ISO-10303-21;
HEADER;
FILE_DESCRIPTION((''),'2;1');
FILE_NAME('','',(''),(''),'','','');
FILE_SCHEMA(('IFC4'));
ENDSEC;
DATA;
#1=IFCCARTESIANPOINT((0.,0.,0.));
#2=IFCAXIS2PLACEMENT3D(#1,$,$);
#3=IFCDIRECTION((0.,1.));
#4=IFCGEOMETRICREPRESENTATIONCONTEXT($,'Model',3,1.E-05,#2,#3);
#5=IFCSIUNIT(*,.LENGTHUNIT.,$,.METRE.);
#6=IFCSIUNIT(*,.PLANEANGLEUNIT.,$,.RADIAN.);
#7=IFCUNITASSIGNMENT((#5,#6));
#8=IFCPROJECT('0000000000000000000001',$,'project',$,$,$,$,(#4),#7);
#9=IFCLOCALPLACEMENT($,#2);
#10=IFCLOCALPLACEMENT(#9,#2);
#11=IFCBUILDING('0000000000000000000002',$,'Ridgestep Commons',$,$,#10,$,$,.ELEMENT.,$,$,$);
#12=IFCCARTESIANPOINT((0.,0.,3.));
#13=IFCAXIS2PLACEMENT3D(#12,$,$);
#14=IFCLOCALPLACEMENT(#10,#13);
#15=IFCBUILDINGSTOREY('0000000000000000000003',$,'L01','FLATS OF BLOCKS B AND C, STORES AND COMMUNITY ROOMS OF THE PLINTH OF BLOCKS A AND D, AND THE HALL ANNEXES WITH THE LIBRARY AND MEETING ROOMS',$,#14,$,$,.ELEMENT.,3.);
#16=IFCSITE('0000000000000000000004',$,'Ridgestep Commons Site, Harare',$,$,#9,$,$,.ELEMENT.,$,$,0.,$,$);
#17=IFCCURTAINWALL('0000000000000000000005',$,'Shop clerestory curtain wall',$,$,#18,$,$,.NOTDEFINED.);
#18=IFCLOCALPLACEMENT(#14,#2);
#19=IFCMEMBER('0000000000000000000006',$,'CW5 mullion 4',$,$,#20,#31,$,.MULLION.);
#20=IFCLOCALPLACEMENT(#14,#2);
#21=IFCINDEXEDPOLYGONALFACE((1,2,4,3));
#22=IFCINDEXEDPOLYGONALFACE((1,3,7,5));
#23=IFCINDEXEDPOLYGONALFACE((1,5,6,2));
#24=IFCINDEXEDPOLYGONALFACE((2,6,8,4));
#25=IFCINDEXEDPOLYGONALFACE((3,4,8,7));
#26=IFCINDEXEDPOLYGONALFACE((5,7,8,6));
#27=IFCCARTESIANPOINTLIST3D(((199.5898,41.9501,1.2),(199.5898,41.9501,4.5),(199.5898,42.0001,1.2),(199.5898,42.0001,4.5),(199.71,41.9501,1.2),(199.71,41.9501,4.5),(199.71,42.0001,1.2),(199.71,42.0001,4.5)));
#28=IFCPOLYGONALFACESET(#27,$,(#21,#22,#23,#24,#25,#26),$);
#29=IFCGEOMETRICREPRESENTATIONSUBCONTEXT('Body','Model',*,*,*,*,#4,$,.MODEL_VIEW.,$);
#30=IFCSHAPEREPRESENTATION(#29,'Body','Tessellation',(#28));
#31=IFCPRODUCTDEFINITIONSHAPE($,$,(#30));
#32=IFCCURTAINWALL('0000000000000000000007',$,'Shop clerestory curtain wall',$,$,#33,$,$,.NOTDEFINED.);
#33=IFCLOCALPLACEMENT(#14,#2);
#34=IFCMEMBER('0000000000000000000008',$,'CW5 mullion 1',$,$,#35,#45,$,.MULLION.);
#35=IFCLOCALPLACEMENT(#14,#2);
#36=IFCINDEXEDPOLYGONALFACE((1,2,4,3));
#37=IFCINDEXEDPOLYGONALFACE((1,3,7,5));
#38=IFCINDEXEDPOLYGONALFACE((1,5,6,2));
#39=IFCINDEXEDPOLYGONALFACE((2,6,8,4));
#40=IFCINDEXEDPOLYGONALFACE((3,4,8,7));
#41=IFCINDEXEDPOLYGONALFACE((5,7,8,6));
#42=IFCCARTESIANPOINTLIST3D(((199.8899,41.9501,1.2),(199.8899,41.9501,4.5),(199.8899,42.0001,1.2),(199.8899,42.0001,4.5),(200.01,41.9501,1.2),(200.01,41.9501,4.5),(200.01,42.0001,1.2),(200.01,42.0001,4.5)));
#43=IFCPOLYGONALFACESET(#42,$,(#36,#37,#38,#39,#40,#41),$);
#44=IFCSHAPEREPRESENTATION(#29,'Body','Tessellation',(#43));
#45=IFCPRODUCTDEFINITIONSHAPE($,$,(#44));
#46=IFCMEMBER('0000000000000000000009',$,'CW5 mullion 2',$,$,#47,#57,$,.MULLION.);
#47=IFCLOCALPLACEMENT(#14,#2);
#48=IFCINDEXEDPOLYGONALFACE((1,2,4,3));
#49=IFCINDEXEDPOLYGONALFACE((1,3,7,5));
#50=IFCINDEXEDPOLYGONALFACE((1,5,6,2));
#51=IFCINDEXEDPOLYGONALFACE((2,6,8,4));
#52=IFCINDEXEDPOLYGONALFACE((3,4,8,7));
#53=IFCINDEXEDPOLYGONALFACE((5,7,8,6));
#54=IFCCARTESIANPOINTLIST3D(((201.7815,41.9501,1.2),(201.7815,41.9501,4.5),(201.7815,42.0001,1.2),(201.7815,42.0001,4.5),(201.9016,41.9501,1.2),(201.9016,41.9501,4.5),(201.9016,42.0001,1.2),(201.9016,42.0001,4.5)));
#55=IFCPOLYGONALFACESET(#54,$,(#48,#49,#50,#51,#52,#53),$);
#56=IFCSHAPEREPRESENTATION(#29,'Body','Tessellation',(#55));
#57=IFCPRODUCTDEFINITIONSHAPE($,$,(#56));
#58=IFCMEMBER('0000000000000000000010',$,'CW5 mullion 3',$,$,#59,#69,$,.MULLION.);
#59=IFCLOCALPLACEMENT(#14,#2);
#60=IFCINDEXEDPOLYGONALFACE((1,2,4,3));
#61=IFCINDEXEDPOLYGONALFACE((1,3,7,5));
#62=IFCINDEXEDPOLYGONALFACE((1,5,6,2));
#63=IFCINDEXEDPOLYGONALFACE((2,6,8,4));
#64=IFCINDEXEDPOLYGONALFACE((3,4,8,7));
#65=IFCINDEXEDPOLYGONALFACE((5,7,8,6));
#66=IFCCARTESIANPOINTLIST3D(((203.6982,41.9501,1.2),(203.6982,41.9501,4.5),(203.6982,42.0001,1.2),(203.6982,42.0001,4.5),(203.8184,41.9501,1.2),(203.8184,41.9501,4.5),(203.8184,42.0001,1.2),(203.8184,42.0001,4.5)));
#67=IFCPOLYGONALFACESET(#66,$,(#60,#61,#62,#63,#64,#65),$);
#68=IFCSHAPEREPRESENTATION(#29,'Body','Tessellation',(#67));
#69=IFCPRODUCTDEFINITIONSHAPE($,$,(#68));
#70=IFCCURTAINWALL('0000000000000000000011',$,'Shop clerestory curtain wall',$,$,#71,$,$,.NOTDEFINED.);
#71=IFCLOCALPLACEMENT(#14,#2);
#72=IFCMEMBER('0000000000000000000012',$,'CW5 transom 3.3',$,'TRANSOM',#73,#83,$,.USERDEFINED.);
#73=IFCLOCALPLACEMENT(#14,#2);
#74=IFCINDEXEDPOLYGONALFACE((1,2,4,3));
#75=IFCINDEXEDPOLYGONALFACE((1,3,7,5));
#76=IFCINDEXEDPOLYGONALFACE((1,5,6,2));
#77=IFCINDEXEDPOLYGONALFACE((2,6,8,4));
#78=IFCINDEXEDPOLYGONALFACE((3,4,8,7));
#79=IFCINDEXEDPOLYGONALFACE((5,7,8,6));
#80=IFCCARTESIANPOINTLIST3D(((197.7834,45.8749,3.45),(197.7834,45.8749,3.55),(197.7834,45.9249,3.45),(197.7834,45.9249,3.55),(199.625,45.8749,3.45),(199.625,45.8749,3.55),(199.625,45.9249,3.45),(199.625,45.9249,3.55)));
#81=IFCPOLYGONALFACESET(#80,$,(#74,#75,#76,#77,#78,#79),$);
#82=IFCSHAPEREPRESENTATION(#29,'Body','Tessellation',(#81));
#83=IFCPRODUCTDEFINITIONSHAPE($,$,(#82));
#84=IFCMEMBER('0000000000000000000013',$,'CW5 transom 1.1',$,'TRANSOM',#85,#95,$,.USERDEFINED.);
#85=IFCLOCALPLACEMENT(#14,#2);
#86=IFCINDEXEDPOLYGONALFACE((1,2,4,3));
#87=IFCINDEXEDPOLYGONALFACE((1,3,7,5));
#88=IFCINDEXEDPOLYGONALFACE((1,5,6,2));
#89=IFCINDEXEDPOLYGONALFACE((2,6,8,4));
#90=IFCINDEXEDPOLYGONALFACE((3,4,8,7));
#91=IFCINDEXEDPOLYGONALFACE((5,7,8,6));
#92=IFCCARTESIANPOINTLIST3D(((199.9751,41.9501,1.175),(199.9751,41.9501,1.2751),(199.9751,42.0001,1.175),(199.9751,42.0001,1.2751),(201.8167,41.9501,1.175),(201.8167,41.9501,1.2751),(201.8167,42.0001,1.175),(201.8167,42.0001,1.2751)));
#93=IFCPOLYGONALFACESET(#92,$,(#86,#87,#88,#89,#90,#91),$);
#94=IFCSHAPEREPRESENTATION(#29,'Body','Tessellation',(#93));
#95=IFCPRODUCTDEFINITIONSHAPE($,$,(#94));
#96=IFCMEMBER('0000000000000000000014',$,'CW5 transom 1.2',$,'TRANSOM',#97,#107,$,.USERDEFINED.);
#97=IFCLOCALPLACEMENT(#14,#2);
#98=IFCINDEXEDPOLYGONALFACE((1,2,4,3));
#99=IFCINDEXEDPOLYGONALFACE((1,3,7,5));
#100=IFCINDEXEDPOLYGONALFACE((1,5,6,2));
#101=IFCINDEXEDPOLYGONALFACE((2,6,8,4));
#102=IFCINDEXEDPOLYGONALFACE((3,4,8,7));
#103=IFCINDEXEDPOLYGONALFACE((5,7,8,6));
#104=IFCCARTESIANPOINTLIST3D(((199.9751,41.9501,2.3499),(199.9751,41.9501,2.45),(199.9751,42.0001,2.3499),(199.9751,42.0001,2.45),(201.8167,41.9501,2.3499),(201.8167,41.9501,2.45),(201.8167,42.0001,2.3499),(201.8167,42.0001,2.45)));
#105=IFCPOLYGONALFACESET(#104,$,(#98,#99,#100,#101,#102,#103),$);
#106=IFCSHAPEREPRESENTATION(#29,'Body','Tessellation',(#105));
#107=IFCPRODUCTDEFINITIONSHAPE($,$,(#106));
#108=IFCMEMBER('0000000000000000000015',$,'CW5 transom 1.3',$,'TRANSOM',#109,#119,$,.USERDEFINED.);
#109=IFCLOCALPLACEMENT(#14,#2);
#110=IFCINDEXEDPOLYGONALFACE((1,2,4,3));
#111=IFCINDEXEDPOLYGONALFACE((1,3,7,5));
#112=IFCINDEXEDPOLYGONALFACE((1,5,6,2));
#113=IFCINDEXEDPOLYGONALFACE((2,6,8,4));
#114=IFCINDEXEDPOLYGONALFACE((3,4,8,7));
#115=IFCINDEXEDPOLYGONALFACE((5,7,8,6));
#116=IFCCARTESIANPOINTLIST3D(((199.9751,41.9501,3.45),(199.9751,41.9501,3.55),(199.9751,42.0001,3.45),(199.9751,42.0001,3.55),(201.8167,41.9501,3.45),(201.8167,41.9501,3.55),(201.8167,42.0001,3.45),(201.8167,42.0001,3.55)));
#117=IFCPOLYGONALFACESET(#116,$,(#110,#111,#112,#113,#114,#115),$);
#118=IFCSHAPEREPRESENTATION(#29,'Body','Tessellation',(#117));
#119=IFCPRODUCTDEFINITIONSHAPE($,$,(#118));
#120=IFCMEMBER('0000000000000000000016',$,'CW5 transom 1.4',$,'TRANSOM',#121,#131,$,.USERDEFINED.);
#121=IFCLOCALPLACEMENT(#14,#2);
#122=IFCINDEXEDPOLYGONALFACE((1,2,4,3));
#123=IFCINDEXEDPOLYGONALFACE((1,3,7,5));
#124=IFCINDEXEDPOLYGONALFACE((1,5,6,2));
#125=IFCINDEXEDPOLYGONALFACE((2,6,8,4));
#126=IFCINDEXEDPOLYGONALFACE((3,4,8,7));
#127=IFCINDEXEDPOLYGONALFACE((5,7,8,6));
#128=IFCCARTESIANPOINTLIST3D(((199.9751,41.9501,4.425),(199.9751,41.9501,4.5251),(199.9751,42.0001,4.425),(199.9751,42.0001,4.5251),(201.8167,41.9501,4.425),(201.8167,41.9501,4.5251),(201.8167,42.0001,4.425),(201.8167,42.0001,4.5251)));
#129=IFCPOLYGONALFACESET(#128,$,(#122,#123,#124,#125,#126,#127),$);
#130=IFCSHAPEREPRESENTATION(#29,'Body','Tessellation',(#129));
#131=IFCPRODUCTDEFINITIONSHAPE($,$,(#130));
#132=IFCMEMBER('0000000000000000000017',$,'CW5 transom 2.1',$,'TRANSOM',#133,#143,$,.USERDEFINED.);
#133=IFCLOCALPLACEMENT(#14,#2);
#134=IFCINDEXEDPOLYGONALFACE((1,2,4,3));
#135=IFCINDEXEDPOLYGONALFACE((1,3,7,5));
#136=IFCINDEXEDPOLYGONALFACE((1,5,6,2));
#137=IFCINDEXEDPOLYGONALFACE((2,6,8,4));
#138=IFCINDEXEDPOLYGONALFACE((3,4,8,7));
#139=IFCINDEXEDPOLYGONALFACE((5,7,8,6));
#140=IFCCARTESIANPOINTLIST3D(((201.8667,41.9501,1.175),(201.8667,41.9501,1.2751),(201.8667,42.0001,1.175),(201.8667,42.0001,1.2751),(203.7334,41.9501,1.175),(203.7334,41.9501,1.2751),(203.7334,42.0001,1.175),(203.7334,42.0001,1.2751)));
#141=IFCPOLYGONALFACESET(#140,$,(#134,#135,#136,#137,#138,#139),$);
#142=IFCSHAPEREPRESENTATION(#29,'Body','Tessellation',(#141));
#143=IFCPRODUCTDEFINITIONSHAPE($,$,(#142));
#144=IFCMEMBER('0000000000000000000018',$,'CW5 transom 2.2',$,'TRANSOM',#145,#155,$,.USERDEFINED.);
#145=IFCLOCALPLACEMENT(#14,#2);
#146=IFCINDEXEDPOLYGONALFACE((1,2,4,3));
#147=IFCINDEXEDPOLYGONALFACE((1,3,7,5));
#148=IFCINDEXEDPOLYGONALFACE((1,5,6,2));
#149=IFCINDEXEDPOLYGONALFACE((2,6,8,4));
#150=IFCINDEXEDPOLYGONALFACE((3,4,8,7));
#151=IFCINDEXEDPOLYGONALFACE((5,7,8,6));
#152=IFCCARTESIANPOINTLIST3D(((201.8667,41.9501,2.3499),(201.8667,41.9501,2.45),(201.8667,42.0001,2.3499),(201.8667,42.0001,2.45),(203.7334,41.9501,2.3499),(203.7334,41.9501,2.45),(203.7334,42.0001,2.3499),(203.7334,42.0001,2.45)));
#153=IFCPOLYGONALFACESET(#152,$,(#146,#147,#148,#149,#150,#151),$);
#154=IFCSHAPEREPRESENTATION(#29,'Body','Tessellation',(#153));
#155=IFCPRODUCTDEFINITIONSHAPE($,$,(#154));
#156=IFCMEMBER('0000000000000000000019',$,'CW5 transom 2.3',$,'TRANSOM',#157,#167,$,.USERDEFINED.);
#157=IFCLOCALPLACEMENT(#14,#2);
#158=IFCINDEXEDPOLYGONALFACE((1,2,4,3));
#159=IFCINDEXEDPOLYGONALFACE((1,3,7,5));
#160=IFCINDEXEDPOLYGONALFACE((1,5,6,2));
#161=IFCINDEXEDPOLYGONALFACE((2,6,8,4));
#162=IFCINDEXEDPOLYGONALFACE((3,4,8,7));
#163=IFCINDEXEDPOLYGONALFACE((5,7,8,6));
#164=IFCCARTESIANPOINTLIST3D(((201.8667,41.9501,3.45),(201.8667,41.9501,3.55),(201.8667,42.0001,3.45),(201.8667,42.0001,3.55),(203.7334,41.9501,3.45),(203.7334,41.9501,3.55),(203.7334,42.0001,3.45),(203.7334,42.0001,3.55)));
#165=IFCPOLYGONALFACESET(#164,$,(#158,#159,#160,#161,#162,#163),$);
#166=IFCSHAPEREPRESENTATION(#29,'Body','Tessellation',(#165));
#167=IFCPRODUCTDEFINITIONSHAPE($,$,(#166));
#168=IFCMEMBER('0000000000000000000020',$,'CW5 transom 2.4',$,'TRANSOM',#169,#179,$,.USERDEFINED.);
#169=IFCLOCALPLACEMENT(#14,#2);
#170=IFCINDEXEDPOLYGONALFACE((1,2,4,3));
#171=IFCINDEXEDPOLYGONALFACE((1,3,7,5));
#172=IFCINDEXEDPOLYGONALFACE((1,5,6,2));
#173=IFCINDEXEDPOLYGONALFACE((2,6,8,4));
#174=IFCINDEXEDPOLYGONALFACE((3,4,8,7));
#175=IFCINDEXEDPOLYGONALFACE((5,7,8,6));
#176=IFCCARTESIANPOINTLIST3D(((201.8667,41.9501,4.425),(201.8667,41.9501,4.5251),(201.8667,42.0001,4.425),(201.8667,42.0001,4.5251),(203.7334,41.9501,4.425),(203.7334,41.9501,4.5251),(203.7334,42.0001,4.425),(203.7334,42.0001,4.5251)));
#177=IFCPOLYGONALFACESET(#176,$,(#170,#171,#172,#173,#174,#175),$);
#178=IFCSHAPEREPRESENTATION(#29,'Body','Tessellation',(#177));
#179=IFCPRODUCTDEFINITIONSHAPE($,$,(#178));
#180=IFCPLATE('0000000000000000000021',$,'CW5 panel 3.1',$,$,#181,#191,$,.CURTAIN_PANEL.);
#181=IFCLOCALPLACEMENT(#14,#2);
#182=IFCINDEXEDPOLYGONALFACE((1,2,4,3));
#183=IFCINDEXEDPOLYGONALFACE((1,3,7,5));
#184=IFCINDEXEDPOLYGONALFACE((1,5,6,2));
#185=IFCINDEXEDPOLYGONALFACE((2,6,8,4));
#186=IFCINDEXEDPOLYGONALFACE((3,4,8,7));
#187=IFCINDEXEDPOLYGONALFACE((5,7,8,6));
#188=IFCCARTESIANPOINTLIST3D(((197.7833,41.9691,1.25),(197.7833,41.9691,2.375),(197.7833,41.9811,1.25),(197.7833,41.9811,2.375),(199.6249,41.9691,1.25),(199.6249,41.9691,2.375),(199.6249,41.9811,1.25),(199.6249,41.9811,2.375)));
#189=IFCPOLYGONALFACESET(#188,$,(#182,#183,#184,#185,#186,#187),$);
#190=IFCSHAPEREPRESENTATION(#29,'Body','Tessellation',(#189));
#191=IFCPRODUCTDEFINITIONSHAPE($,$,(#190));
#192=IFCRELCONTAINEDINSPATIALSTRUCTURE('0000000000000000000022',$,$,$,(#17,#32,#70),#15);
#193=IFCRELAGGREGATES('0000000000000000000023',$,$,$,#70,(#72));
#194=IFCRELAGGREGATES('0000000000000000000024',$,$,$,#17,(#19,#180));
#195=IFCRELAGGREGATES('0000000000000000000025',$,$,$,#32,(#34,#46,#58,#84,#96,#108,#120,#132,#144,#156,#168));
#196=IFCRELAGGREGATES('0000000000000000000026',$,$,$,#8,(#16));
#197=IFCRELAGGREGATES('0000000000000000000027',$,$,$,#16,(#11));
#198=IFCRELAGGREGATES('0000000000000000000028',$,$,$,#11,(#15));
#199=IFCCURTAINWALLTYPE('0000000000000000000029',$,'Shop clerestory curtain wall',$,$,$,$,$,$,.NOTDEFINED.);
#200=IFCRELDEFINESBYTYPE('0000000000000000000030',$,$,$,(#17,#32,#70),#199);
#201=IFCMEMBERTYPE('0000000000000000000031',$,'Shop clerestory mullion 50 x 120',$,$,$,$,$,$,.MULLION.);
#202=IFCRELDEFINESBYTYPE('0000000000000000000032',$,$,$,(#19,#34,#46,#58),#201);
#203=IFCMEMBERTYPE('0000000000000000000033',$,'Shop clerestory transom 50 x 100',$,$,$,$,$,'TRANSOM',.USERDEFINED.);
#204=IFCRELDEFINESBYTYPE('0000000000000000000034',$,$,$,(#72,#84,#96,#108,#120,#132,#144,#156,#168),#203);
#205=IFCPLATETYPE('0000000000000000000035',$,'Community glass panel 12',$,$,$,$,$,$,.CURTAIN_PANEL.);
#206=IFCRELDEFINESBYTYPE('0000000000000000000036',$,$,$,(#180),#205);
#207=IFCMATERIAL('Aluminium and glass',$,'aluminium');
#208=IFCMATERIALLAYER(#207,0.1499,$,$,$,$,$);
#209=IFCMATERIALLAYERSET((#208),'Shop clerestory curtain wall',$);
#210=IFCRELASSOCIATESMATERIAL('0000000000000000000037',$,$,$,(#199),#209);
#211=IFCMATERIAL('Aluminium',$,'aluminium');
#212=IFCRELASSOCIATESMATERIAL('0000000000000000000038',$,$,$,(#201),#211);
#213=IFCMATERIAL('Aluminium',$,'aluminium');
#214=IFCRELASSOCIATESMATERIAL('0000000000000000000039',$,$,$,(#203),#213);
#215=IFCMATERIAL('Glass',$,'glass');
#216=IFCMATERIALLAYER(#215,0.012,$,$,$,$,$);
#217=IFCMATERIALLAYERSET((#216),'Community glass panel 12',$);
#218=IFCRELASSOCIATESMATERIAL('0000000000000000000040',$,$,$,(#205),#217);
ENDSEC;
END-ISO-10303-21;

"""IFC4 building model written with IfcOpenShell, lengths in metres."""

from ifc_helpers import new_model, si_unit, direction, frame, origin, origin_2d, place, context, subcontext, project, spatial, rectangle, extrude, material, layer, layer_set, material_profile, profile_set, type_object, element, aggregate, save


model = new_model("IFC4")

# Units and contexts
model_context = context("Model", 3, precision=1e-05, world=origin(), true_north=direction((0.0, 1.0)))
body_context = subcontext(model_context, "Body", "Model", "MODEL_VIEW")
ifc_project = project(units=[si_unit("LENGTHUNIT", "METRE"), si_unit("PLANEANGLEUNIT", "RADIAN")], contexts=[model_context])

# Site, building, storey
site_placement = place(None, origin())
site = spatial("IfcSite", under=ifc_project, at=site_placement, Name="Ridgestep Commons Site, Harare", CompositionType="ELEMENT", RefElevation=0.0)
building_placement = place(site_placement, origin())
building = spatial("IfcBuilding", under=site, at=building_placement, Name="Ridgestep Commons", CompositionType="ELEMENT")
storey_placement = place(building_placement, frame((0.0, 0.0, 3.0)))
storey = spatial("IfcBuildingStorey", under=building, at=storey_placement, Name="L01", Description="FLATS OF BLOCKS B AND C, STORES AND COMMUNITY ROOMS OF THE PLINTH OF BLOCKS A AND D, AND THE HALL ANNEXES WITH THE LIBRARY AND MEETING ROOMS", CompositionType="ELEMENT", Elevation=3.0)

# Curtain wall, member
ifc_material_1 = material(Name="Aluminium and glass", Category="aluminium")
ifc_layer_1 = layer(ifc_material_1, 0.1499)
ifc_layer_set_1 = layer_set([ifc_layer_1], Name="Shop clerestory curtain wall")
curtain_wall_type = type_object("IfcCurtainWallType", Name="Shop clerestory curtain wall", PredefinedType="NOTDEFINED", material=ifc_layer_set_1)
curtain_wall_1_placement = place(storey_placement, origin())
curtain_wall_1 = element("IfcCurtainWall", 1, at=curtain_wall_1_placement, inside=storey, type_object=curtain_wall_type, Name="Shop clerestory curtain wall", PredefinedType="NOTDEFINED")
ifc_material_2 = material(Name="Aluminium", Category="aluminium")
ifc_material_profile_1 = material_profile(ifc_material_2, rectangle(XDim=0.05, YDim=0.1201, at=origin_2d()), Name="Shop clerestory mullion 50 x 120")
ifc_profile_set_1 = profile_set([ifc_material_profile_1], Name="Aluminium")
member_type_1 = type_object("IfcMemberType", Name="Shop clerestory mullion 50 x 120", PredefinedType="MULLION", material=ifc_profile_set_1)
member_1_placement = place(storey_placement, frame((199.6499, 41.9751, 1.2), z_axis=(0.0, 0.0, 1.0), x_axis=(0.0, 1.0, 0.0)))
member_1 = element("IfcMember", 2, at=member_1_placement, type_object=member_type_1, Name="CW5 mullion 4", PredefinedType="MULLION", context=body_context, shape_type="SweptSolid", body=[
    extrude(rectangle(XDim=0.05, YDim=0.1201, at=origin_2d()), origin(), (0.0, 0.0, 1.0), 3.3),
])

# Curtain wall, members
curtain_wall_2_placement = place(storey_placement, origin())
curtain_wall_2 = element("IfcCurtainWall", 3, at=curtain_wall_2_placement, inside=storey, type_object=curtain_wall_type, Name="Shop clerestory curtain wall", PredefinedType="NOTDEFINED")
member_2_placement = place(storey_placement, frame((199.95, 41.9751, 1.2), z_axis=(0.0, 0.0, 1.0), x_axis=(0.0, 1.0, 0.0)))
member_2 = element("IfcMember", 4, at=member_2_placement, type_object=member_type_1, Name="CW5 mullion 1", PredefinedType="MULLION", context=body_context, shape_type="SweptSolid", body=[
    extrude(rectangle(XDim=0.05, YDim=0.1201, at=origin_2d()), origin(), (0.0, 0.0, 1.0), 3.3),
])
member_3_placement = place(storey_placement, frame((201.8416, 41.9751, 1.2), z_axis=(0.0, 0.0, 1.0), x_axis=(0.0, 1.0, 0.0)))
member_3 = element("IfcMember", 5, at=member_3_placement, type_object=member_type_1, Name="CW5 mullion 2", PredefinedType="MULLION", context=body_context, shape_type="SweptSolid", body=[
    extrude(rectangle(XDim=0.05, YDim=0.1201, at=origin_2d()), origin(), (0.0, 0.0, 1.0), 3.3),
])
member_4_placement = place(storey_placement, frame((203.7583, 41.9751, 1.2), z_axis=(0.0, 0.0, 1.0), x_axis=(0.0, 1.0, 0.0)))
member_4 = element("IfcMember", 6, at=member_4_placement, type_object=member_type_1, Name="CW5 mullion 3", PredefinedType="MULLION", context=body_context, shape_type="SweptSolid", body=[
    extrude(rectangle(XDim=0.05, YDim=0.1201, at=origin_2d()), origin(), (0.0, 0.0, 1.0), 3.3),
])

# Curtain wall, member
curtain_wall_3_placement = place(storey_placement, origin())
curtain_wall_3 = element("IfcCurtainWall", 7, at=curtain_wall_3_placement, inside=storey, type_object=curtain_wall_type, Name="Shop clerestory curtain wall", PredefinedType="NOTDEFINED")
ifc_material_3 = material(Name="Aluminium", Category="aluminium")
ifc_material_profile_2 = material_profile(ifc_material_3, rectangle(XDim=0.05, YDim=0.1001, at=origin_2d()), Name="Shop clerestory transom 50 x 100")
ifc_profile_set_2 = profile_set([ifc_material_profile_2], Name="Aluminium")
member_type_2 = type_object("IfcMemberType", Name="Shop clerestory transom 50 x 100", ElementType="TRANSOM", PredefinedType="USERDEFINED", material=ifc_profile_set_2)
member_5_placement = place(storey_placement, frame((197.7834, 45.8999, 3.5), z_axis=(1.0, 0.0, 0.0), x_axis=(0.0, 1.0, 0.0)))
member_5 = element("IfcMember", 8, at=member_5_placement, type_object=member_type_2, Name="CW5 transom 3.3", ObjectType="TRANSOM", PredefinedType="USERDEFINED", context=body_context, shape_type="SweptSolid", body=[
    extrude(rectangle(XDim=0.05, YDim=0.1001, at=origin_2d()), origin(), (0.0, 0.0, 1.0), 1.8416),
])
aggregate(curtain_wall_3, [member_5])

# Members
member_6_placement = place(storey_placement, frame((199.9751, 41.9751, 1.2251), z_axis=(1.0, 0.0, 0.0), x_axis=(0.0, 1.0, 0.0)))
member_6 = element("IfcMember", 9, at=member_6_placement, type_object=member_type_2, Name="CW5 transom 1.1", ObjectType="TRANSOM", PredefinedType="USERDEFINED", context=body_context, shape_type="SweptSolid", body=[
    extrude(rectangle(XDim=0.05, YDim=0.1001, at=origin_2d()), origin(), (0.0, 0.0, 1.0), 1.8416),
])
member_7_placement = place(storey_placement, frame((199.9751, 41.9751, 2.3999), z_axis=(1.0, 0.0, 0.0), x_axis=(0.0, 1.0, 0.0)))
member_7 = element("IfcMember", 10, at=member_7_placement, type_object=member_type_2, Name="CW5 transom 1.2", ObjectType="TRANSOM", PredefinedType="USERDEFINED", context=body_context, shape_type="SweptSolid", body=[
    extrude(rectangle(XDim=0.05, YDim=0.1001, at=origin_2d()), origin(), (0.0, 0.0, 1.0), 1.8416),
])
member_8_placement = place(storey_placement, frame((199.9751, 41.9751, 3.5), z_axis=(1.0, 0.0, 0.0), x_axis=(0.0, 1.0, 0.0)))
member_8 = element("IfcMember", 11, at=member_8_placement, type_object=member_type_2, Name="CW5 transom 1.3", ObjectType="TRANSOM", PredefinedType="USERDEFINED", context=body_context, shape_type="SweptSolid", body=[
    extrude(rectangle(XDim=0.05, YDim=0.1001, at=origin_2d()), origin(), (0.0, 0.0, 1.0), 1.8416),
])
member_9_placement = place(storey_placement, frame((199.9751, 41.9751, 4.4751), z_axis=(1.0, 0.0, 0.0), x_axis=(0.0, 1.0, 0.0)))
member_9 = element("IfcMember", 12, at=member_9_placement, type_object=member_type_2, Name="CW5 transom 1.4", ObjectType="TRANSOM", PredefinedType="USERDEFINED", context=body_context, shape_type="SweptSolid", body=[
    extrude(rectangle(XDim=0.05, YDim=0.1001, at=origin_2d()), origin(), (0.0, 0.0, 1.0), 1.8416),
])
member_10_placement = place(storey_placement, frame((201.8667, 41.9751, 1.2251), z_axis=(1.0, 0.0, 0.0), x_axis=(0.0, 1.0, 0.0)))
member_10 = element("IfcMember", 13, at=member_10_placement, type_object=member_type_2, Name="CW5 transom 2.1", ObjectType="TRANSOM", PredefinedType="USERDEFINED", context=body_context, shape_type="SweptSolid", body=[
    extrude(rectangle(XDim=0.05, YDim=0.1001, at=origin_2d()), origin(), (0.0, 0.0, 1.0), 1.8667),
])
member_11_placement = place(storey_placement, frame((201.8667, 41.9751, 2.3999), z_axis=(1.0, 0.0, 0.0), x_axis=(0.0, 1.0, 0.0)))
member_11 = element("IfcMember", 14, at=member_11_placement, type_object=member_type_2, Name="CW5 transom 2.2", ObjectType="TRANSOM", PredefinedType="USERDEFINED", context=body_context, shape_type="SweptSolid", body=[
    extrude(rectangle(XDim=0.05, YDim=0.1001, at=origin_2d()), origin(), (0.0, 0.0, 1.0), 1.8667),
])
member_12_placement = place(storey_placement, frame((201.8667, 41.9751, 3.5), z_axis=(1.0, 0.0, 0.0), x_axis=(0.0, 1.0, 0.0)))
member_12 = element("IfcMember", 15, at=member_12_placement, type_object=member_type_2, Name="CW5 transom 2.3", ObjectType="TRANSOM", PredefinedType="USERDEFINED", context=body_context, shape_type="SweptSolid", body=[
    extrude(rectangle(XDim=0.05, YDim=0.1001, at=origin_2d()), origin(), (0.0, 0.0, 1.0), 1.8667),
])
member_13_placement = place(storey_placement, frame((201.8667, 41.9751, 4.4751), z_axis=(1.0, 0.0, 0.0), x_axis=(0.0, 1.0, 0.0)))
member_13 = element("IfcMember", 16, at=member_13_placement, type_object=member_type_2, Name="CW5 transom 2.4", ObjectType="TRANSOM", PredefinedType="USERDEFINED", context=body_context, shape_type="SweptSolid", body=[
    extrude(rectangle(XDim=0.05, YDim=0.1001, at=origin_2d()), origin(), (0.0, 0.0, 1.0), 1.8667),
])

# Plate
ifc_material_4 = material(Name="Glass", Category="glass")
ifc_layer_2 = layer(ifc_material_4, 0.012)
ifc_layer_set_2 = layer_set([ifc_layer_2], Name="Community glass panel 12")
plate_type = type_object("IfcPlateType", Name="Community glass panel 12", PredefinedType="CURTAIN_PANEL", material=ifc_layer_set_2)
plate_1_placement = place(storey_placement, frame((198.7041, 41.9751, 1.25), z_axis=(0.0, 0.0, 1.0), x_axis=(1.0, 0.0, 0.0)))
plate_1 = element("IfcPlate", 17, at=plate_1_placement, type_object=plate_type, Name="CW5 panel 3.1", PredefinedType="CURTAIN_PANEL", context=body_context, shape_type="SweptSolid", body=[
    extrude(rectangle(XDim=1.8416, YDim=0.012, at=origin_2d()), origin(), (0.0, 0.0, 1.0), 1.125),
])
aggregate(curtain_wall_1, [member_1, plate_1])
aggregate(curtain_wall_2, [member_2, member_3, member_4, member_6, member_7, member_8, member_9, member_10, member_11, member_12, member_13])

save(model, "model.ifc")
